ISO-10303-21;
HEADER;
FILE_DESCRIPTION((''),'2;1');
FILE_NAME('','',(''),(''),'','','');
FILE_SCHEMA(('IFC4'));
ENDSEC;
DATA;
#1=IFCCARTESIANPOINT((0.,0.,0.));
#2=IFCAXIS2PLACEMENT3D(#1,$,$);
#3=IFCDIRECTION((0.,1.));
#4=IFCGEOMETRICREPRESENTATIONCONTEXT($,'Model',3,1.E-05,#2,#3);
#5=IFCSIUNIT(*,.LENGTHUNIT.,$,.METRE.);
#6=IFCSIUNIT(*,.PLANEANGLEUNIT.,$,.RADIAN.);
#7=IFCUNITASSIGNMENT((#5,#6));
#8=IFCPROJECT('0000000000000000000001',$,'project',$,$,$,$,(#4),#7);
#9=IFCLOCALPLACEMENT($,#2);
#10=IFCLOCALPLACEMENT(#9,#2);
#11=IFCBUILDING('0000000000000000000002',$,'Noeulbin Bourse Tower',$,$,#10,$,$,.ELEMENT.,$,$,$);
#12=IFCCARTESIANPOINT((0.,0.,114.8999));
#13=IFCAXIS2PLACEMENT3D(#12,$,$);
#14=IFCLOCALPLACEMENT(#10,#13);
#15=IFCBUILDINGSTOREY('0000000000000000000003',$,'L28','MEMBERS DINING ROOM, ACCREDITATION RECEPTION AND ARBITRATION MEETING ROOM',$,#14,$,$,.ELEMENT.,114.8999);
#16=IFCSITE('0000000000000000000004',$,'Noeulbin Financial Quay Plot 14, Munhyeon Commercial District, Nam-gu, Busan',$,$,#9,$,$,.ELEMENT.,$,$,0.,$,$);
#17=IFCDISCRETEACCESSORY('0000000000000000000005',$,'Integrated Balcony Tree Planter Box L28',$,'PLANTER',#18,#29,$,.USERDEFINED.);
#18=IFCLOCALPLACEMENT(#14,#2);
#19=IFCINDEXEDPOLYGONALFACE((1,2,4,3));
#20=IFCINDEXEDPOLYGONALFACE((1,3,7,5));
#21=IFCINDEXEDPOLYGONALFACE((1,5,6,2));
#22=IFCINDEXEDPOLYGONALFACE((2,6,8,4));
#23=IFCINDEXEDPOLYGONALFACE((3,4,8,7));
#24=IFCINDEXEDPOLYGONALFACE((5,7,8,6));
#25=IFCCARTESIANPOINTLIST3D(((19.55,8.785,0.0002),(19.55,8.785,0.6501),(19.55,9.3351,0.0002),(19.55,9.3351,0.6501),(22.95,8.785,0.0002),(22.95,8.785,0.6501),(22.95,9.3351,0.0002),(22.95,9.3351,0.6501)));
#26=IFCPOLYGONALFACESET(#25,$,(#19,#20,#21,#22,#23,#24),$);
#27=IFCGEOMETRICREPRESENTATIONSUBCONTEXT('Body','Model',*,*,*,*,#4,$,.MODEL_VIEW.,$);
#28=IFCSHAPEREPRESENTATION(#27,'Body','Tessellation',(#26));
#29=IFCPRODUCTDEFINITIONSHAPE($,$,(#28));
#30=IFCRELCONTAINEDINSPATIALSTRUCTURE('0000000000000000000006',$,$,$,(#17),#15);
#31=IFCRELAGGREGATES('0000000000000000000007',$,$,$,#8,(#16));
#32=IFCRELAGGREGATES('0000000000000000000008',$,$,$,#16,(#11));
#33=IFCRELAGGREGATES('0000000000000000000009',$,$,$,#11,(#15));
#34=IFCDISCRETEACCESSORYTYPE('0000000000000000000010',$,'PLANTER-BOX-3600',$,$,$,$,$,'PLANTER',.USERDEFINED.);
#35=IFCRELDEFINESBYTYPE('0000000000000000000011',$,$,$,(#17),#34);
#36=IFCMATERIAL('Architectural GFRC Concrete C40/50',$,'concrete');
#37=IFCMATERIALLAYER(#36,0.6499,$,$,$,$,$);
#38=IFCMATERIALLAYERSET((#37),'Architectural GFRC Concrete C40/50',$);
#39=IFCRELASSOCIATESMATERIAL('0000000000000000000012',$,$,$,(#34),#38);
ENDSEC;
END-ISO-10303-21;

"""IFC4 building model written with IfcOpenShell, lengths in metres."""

from ifc_helpers import new_model, si_unit, direction, frame, origin, origin_2d, place, context, subcontext, project, spatial, rectangle, extrude, material, layer, layer_set, type_object, element, save


model = new_model("IFC4")

# Units and contexts
model_context = context("Model", 3, precision=1e-05, world=origin(), true_north=direction((0.0, 1.0)))
body_context = subcontext(model_context, "Body", "Model", "MODEL_VIEW")
ifc_project = project(units=[si_unit("LENGTHUNIT", "METRE"), si_unit("PLANEANGLEUNIT", "RADIAN")], contexts=[model_context])

# Site, building, storey
site_placement = place(None, origin())
site = spatial("IfcSite", under=ifc_project, at=site_placement, Name="Noeulbin Financial Quay Plot 14, Munhyeon Commercial District, Nam-gu, Busan", CompositionType="ELEMENT", RefElevation=0.0)
building_placement = place(site_placement, origin())
building = spatial("IfcBuilding", under=site, at=building_placement, Name="Noeulbin Bourse Tower", CompositionType="ELEMENT")
storey_placement = place(building_placement, frame((0.0, 0.0, 114.8999)))
storey = spatial("IfcBuildingStorey", under=building, at=storey_placement, Name="L28", Description="MEMBERS DINING ROOM, ACCREDITATION RECEPTION AND ARBITRATION MEETING ROOM", CompositionType="ELEMENT", Elevation=114.8999)

# Discrete accessory
ifc_material_1 = material(Name="Architectural GFRC Concrete C40/50", Category="concrete")
ifc_layer_1 = layer(ifc_material_1, 0.6499)
ifc_layer_set_1 = layer_set([ifc_layer_1], Name="Architectural GFRC Concrete C40/50")
discrete_accessory_type = type_object("IfcDiscreteAccessoryType", Name="PLANTER-BOX-3600", ElementType="PLANTER", PredefinedType="USERDEFINED", material=ifc_layer_set_1)
discrete_accessory_placement = place(storey_placement, frame((21.25, 9.0601, 0.0002), z_axis=(0.0, 0.0, 1.0), x_axis=(1.0, 0.0, 0.0)))
element("IfcDiscreteAccessory", 1, at=discrete_accessory_placement, inside=storey, type_object=discrete_accessory_type, Name="Integrated Balcony Tree Planter Box L28", ObjectType="PLANTER", PredefinedType="USERDEFINED", context=body_context, shape_type="SweptSolid", body=[
    extrude(rectangle(XDim=3.3999, YDim=0.55, at=origin_2d()), origin(), (0.0, 0.0, 1.0), 0.6499),
])

save(model, "model.ifc")
